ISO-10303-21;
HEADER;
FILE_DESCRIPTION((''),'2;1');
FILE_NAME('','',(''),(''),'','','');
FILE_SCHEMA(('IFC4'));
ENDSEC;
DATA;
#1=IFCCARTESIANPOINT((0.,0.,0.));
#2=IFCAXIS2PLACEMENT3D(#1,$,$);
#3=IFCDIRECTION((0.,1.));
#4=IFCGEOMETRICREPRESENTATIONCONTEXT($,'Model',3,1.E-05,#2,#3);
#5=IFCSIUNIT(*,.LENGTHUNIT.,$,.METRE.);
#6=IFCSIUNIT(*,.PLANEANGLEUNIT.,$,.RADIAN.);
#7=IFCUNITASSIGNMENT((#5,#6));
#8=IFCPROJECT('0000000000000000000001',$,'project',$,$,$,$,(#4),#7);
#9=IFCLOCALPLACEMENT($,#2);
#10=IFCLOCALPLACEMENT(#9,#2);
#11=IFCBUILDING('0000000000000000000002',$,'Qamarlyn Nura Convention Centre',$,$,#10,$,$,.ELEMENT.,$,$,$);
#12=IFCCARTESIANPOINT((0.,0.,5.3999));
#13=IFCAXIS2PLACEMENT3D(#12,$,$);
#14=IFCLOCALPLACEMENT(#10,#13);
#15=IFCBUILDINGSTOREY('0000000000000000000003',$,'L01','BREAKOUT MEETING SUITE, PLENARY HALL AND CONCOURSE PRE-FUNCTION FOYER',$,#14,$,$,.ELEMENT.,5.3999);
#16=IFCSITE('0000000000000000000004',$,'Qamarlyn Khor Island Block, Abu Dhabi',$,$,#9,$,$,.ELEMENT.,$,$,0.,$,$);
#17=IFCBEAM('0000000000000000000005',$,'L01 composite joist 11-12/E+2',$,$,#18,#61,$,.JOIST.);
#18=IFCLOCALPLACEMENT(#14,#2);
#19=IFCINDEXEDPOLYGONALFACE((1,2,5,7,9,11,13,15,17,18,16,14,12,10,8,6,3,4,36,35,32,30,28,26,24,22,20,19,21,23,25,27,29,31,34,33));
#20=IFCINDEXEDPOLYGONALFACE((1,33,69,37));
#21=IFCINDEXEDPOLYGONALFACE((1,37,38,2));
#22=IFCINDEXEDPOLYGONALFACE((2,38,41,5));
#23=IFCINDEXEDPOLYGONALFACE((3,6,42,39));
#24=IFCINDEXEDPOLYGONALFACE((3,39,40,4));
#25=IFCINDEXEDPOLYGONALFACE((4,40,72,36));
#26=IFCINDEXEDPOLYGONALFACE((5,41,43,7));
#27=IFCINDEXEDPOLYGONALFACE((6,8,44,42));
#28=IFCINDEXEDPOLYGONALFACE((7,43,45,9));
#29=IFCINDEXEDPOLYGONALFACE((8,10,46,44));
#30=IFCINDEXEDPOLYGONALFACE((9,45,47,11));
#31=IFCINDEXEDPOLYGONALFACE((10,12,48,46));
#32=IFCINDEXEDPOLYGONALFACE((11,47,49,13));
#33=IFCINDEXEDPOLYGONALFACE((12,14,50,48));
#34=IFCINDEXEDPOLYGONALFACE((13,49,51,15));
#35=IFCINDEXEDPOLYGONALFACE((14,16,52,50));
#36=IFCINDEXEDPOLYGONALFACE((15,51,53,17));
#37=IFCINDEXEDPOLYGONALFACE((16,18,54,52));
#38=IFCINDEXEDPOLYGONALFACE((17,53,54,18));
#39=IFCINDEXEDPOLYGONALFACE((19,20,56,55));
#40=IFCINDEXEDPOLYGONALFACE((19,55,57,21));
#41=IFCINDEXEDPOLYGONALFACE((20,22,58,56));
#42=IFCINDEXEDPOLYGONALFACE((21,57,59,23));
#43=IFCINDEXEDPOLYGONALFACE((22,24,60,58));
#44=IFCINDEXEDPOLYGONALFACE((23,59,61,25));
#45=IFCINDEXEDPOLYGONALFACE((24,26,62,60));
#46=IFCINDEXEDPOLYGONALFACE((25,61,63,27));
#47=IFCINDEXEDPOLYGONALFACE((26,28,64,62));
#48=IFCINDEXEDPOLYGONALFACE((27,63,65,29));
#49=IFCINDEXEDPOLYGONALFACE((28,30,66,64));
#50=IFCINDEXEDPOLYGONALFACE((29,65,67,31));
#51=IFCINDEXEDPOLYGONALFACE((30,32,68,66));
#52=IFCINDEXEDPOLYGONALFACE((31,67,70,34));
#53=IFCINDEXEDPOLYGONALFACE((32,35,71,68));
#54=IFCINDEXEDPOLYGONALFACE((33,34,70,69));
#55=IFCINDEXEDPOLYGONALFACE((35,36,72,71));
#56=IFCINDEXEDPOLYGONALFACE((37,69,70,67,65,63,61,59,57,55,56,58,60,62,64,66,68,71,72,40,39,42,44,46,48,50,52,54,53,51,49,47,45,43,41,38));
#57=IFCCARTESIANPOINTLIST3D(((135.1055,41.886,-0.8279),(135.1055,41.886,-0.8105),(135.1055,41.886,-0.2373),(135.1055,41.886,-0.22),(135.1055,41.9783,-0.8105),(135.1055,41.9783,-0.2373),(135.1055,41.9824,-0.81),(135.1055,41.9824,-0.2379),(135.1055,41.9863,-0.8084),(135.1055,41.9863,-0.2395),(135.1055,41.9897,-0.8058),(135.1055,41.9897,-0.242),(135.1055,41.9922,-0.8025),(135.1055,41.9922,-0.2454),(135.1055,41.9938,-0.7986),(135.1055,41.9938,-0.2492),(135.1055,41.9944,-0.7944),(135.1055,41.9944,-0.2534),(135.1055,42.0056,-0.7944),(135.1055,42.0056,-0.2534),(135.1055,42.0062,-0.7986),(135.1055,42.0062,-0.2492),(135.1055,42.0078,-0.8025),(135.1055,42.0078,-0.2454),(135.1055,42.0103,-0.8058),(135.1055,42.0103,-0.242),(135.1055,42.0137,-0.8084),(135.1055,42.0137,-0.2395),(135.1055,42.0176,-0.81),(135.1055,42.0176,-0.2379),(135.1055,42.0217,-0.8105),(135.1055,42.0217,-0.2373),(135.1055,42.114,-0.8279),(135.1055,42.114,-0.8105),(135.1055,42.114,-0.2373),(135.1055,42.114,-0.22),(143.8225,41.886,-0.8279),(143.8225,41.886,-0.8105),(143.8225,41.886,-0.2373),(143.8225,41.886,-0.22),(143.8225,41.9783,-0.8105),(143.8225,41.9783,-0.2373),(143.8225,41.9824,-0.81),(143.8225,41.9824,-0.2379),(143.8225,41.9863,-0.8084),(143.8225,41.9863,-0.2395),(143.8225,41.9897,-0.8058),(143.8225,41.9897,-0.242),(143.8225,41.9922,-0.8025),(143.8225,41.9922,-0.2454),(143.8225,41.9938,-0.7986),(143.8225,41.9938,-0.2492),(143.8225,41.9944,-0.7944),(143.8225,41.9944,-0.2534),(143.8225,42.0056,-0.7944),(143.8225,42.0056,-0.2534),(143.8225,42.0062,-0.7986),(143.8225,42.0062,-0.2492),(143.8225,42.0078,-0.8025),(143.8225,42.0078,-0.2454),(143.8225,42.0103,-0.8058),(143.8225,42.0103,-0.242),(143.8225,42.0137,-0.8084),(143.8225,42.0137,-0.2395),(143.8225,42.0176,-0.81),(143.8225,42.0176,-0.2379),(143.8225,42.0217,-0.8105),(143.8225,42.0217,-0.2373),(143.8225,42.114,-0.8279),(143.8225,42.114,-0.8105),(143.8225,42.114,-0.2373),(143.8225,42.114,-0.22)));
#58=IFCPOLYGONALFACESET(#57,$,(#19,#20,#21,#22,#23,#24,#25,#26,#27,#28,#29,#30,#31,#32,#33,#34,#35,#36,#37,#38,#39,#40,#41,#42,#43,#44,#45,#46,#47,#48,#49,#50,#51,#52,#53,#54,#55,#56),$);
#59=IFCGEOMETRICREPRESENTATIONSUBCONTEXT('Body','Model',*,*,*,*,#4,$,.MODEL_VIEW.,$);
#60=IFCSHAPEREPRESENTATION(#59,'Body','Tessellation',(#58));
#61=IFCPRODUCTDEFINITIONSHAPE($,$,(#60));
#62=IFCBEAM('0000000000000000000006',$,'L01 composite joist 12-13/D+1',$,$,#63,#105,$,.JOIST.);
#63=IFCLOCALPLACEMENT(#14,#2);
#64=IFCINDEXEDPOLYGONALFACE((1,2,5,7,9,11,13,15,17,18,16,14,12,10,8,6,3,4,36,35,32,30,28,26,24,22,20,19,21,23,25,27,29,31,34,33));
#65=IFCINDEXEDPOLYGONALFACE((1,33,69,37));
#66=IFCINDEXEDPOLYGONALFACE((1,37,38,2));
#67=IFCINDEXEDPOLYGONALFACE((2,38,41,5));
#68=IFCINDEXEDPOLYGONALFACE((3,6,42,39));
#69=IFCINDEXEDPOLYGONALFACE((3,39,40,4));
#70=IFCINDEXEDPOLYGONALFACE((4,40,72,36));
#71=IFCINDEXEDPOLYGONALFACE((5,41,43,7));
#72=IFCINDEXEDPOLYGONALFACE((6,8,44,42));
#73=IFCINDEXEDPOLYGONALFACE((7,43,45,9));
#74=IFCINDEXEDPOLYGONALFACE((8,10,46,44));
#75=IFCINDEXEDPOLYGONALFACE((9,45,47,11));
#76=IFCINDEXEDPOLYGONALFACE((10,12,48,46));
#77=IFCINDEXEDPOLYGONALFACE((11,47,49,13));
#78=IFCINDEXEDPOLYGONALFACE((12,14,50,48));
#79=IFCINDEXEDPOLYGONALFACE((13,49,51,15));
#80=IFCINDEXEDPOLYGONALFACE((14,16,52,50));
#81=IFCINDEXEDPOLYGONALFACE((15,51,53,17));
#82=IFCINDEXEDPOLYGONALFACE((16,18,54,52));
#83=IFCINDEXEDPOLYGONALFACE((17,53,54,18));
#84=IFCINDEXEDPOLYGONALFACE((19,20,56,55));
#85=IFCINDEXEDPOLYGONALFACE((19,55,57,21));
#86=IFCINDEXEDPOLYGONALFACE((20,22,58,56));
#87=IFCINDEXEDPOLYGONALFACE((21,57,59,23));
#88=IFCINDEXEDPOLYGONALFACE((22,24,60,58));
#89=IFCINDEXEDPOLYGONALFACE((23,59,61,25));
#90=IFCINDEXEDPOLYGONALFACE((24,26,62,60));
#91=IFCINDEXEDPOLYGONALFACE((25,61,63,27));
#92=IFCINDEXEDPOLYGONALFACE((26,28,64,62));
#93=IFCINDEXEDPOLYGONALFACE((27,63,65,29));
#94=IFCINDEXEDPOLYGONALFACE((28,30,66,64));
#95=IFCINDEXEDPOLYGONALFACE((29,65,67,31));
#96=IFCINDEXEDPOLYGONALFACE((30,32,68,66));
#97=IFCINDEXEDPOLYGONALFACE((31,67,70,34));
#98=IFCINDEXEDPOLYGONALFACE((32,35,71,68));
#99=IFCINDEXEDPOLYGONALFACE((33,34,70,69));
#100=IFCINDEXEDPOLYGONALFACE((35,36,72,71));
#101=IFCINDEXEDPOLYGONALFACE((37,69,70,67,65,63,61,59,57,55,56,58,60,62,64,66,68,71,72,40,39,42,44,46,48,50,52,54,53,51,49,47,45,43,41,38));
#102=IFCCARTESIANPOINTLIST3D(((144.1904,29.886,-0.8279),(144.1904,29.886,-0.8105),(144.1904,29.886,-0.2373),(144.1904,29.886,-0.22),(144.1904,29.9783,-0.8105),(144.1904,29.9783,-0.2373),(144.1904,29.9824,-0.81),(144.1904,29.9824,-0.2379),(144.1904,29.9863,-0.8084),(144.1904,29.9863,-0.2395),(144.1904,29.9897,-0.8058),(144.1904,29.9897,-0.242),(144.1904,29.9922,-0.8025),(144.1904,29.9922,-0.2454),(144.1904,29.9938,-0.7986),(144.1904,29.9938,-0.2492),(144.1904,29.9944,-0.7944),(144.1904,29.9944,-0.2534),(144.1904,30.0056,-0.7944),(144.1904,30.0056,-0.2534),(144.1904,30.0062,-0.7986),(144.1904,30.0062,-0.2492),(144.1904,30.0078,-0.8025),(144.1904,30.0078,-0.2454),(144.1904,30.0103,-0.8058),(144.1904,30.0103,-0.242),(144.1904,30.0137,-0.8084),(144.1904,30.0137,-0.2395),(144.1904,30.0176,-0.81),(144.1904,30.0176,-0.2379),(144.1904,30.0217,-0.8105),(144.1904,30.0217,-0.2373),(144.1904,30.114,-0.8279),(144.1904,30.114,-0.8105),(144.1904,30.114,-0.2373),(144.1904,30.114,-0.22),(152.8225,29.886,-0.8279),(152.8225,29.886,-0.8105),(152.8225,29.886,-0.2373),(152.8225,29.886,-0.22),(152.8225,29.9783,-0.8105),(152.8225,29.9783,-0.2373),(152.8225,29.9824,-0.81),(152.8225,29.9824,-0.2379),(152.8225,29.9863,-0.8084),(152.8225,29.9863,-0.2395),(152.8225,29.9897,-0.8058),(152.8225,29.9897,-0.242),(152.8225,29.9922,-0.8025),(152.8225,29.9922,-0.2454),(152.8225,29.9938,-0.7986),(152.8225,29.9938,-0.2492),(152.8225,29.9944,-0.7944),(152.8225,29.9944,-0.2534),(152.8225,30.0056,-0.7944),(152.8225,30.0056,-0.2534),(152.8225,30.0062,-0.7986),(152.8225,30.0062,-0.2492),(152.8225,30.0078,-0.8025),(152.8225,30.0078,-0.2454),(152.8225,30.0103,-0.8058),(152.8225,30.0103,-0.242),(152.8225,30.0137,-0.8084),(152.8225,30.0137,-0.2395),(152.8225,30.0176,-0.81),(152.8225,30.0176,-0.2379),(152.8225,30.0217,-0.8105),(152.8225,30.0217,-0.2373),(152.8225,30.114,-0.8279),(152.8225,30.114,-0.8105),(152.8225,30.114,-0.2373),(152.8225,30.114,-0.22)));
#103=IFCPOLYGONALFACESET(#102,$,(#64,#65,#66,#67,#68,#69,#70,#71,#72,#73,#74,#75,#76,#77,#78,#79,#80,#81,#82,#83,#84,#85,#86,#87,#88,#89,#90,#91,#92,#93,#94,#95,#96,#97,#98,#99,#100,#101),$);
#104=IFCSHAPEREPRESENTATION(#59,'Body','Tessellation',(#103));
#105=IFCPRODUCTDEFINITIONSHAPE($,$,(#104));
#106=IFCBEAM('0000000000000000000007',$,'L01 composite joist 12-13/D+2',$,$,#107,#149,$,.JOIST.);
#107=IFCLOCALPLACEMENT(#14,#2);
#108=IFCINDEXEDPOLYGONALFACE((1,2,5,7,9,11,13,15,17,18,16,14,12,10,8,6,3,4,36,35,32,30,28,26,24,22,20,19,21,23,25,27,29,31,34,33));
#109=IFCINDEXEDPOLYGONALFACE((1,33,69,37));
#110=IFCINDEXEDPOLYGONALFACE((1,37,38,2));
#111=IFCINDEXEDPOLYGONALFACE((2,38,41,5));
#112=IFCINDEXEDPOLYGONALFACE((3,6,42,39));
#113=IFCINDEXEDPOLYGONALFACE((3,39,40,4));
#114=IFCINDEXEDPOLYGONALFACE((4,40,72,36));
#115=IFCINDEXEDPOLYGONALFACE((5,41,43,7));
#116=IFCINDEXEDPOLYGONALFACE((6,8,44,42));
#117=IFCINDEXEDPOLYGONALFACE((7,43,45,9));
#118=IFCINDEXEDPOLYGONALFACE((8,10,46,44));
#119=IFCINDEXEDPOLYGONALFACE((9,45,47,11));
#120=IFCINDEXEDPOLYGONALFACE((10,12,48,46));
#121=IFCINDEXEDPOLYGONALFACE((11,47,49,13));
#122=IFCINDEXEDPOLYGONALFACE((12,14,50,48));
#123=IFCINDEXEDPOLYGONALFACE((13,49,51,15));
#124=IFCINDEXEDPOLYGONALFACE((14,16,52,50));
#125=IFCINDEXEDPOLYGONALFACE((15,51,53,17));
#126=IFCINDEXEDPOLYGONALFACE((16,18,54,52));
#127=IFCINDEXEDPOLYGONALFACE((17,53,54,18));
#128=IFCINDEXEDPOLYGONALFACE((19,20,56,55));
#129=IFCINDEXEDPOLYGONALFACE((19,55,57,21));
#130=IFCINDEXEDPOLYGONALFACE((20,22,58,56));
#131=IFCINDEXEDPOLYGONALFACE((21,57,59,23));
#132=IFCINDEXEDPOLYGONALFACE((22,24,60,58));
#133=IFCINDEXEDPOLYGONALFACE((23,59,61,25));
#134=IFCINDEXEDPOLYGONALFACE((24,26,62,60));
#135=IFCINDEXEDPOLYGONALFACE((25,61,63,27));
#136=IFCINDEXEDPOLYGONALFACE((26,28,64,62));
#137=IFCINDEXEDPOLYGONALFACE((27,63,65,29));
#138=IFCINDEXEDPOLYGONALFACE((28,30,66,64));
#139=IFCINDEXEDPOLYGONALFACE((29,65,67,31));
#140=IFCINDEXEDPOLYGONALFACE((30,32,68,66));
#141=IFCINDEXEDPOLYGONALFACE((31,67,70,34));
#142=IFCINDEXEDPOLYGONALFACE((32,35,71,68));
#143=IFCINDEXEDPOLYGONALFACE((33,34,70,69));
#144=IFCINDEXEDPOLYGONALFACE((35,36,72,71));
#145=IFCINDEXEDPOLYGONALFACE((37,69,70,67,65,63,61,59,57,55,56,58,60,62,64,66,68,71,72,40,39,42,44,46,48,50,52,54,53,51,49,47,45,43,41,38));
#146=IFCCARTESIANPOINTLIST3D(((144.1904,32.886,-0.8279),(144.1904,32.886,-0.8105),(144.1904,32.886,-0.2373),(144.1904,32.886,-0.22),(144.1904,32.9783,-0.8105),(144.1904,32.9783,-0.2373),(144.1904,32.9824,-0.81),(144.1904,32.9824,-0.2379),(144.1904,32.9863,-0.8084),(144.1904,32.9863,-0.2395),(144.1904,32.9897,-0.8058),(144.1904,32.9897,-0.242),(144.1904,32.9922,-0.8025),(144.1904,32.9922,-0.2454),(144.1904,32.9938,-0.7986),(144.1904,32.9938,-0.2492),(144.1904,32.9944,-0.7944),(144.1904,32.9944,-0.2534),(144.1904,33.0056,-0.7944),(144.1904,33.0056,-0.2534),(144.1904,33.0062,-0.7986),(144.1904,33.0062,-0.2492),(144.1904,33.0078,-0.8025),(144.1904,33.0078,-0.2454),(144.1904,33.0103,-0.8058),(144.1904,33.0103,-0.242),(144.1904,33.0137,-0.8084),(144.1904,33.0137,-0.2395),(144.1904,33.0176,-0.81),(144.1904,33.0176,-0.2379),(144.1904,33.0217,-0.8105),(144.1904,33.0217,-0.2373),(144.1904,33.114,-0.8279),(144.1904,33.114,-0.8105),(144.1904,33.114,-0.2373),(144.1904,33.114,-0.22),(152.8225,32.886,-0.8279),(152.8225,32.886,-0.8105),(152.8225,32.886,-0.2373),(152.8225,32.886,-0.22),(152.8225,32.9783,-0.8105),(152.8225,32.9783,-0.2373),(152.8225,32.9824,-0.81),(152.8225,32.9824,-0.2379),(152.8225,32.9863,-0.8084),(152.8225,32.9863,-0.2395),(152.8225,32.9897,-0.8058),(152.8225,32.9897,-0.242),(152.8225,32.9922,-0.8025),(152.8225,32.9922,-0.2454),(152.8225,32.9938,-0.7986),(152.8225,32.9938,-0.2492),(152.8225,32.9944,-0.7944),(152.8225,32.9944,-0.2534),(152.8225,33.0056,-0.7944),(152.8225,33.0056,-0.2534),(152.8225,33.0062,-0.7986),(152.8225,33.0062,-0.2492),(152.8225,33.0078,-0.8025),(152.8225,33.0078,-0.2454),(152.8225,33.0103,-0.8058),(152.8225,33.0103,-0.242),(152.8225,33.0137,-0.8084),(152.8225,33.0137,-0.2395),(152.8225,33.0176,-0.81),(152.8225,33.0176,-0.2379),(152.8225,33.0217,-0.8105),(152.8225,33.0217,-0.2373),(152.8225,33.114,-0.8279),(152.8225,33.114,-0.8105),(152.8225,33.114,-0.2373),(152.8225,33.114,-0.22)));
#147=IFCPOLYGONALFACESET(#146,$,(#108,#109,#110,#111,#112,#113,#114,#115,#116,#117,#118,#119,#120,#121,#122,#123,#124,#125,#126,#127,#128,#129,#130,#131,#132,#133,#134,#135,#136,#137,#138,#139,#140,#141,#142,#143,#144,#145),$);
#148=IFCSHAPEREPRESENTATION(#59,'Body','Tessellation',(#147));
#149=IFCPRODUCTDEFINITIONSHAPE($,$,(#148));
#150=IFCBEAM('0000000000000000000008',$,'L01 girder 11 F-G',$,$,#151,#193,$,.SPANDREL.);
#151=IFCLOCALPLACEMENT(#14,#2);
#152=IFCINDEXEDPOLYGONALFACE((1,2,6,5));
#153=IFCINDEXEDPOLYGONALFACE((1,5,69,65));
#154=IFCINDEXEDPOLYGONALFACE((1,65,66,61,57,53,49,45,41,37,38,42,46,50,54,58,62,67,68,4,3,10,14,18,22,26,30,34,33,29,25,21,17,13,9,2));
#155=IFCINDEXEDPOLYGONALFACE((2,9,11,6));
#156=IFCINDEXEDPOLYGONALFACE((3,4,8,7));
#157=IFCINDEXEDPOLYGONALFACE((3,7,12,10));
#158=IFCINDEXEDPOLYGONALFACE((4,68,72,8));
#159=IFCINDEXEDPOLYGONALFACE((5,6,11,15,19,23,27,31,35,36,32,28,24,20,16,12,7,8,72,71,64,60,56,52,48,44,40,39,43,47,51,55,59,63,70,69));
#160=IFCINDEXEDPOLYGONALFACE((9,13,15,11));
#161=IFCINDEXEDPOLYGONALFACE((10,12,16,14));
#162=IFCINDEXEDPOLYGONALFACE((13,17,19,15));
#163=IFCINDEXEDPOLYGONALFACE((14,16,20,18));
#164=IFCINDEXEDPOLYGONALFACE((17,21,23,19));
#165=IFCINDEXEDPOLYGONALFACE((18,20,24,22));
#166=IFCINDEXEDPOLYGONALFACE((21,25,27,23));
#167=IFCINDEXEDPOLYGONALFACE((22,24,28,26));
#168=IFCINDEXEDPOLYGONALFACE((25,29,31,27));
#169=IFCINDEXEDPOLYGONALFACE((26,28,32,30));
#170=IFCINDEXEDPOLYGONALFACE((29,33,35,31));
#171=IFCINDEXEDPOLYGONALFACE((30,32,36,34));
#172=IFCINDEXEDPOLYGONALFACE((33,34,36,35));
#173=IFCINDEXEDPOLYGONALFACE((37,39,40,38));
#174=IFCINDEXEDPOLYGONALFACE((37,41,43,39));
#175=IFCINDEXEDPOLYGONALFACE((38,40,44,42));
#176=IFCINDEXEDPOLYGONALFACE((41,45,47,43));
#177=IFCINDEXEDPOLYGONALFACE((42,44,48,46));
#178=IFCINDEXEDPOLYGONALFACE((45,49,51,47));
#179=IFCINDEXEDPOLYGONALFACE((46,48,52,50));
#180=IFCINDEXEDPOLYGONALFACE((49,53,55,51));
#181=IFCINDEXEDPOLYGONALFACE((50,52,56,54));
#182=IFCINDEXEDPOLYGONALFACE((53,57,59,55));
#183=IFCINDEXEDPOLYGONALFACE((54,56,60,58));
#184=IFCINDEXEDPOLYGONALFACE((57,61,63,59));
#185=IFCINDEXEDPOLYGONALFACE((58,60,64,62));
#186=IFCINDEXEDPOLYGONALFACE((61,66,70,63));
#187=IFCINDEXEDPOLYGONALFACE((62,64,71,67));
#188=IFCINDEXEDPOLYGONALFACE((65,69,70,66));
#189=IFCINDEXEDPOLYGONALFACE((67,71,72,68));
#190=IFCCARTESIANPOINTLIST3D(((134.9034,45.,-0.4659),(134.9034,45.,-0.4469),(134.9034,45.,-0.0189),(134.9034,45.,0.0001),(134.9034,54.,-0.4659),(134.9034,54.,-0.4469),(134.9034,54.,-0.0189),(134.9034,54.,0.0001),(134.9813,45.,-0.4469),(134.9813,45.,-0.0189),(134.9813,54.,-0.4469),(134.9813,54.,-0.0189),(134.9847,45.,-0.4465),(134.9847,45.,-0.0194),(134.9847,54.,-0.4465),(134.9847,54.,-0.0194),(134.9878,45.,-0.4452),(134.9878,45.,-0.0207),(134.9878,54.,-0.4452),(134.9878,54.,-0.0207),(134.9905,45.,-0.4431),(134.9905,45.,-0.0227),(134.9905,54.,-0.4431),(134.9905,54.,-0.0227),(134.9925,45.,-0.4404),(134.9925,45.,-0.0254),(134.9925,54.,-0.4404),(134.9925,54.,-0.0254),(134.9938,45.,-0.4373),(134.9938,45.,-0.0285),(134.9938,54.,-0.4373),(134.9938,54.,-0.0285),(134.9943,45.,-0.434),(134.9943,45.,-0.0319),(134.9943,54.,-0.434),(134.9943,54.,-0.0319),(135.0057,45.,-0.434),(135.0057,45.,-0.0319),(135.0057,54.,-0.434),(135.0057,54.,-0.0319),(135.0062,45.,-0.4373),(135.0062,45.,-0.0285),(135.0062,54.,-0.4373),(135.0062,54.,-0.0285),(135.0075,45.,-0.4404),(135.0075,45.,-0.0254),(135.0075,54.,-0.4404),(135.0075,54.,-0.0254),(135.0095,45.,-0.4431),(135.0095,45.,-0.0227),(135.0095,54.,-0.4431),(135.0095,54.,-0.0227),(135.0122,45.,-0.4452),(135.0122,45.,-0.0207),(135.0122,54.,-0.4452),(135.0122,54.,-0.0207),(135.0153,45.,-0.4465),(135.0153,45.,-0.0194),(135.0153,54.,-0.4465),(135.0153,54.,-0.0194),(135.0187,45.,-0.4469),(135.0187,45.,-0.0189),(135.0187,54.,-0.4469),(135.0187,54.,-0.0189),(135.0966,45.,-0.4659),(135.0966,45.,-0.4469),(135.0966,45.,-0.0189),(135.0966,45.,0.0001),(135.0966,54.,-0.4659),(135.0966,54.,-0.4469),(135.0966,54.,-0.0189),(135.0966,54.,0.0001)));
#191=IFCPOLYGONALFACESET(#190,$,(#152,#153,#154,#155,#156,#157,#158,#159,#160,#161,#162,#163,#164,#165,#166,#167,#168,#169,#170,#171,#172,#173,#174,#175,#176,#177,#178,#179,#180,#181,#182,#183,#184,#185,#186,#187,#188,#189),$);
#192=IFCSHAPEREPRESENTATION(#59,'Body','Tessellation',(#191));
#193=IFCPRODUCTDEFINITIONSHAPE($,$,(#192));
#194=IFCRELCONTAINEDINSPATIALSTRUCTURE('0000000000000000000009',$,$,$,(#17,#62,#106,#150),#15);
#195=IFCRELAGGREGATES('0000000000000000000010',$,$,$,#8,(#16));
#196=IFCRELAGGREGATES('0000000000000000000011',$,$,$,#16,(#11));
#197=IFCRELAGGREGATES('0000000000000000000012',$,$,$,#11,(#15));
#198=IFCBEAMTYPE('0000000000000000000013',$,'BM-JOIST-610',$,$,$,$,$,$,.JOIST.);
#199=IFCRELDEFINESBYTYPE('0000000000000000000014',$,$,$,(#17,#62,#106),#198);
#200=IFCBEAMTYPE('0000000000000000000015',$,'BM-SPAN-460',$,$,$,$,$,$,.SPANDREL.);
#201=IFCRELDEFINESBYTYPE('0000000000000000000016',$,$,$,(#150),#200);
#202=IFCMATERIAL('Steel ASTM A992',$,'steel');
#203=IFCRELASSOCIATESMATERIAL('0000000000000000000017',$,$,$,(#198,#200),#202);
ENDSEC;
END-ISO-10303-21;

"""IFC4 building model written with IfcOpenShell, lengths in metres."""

from ifc_helpers import new_model, si_unit, direction, frame, origin, origin_2d, place, context, subcontext, project, spatial, i_section, extrude, material, material_profile, profile_set, type_object, element, save


model = new_model("IFC4")

# Units and contexts
model_context = context("Model", 3, precision=1e-05, world=origin(), true_north=direction((0.0, 1.0)))
body_context = subcontext(model_context, "Body", "Model", "MODEL_VIEW")
ifc_project = project(units=[si_unit("LENGTHUNIT", "METRE"), si_unit("PLANEANGLEUNIT", "RADIAN")], contexts=[model_context])

# Site, building, storey
site_placement = place(None, origin())
site = spatial("IfcSite", under=ifc_project, at=site_placement, Name="Qamarlyn Khor Island Block, Abu Dhabi", CompositionType="ELEMENT", RefElevation=0.0)
building_placement = place(site_placement, origin())
building = spatial("IfcBuilding", under=site, at=building_placement, Name="Qamarlyn Nura Convention Centre", CompositionType="ELEMENT")
storey_placement = place(building_placement, frame((0.0, 0.0, 5.3999)))
storey = spatial("IfcBuildingStorey", under=building, at=storey_placement, Name="L01", Description="BREAKOUT MEETING SUITE, PLENARY HALL AND CONCOURSE PRE-FUNCTION FOYER", CompositionType="ELEMENT", Elevation=5.3999)

# Shared definitions
ifc_material_1 = material(Name="Steel ASTM A992", Category="steel")

# Beams
ifc_material_profile_1 = material_profile(ifc_material_1, i_section(OverallWidth=0.228, OverallDepth=0.6079, WebThickness=0.0112, FlangeThickness=0.0173, FilletRadius=0.0161, at=origin_2d()), Name="W610X113")
ifc_profile_set_1 = profile_set([ifc_material_profile_1], Name="Steel ASTM A992")
beam_type_1 = type_object("IfcBeamType", Name="BM-JOIST-610", PredefinedType="JOIST", material=ifc_profile_set_1)
for number, where, z_axis, x_axis, name in (
    (1, (135.1055, 42.0, -0.5239), (1.0, 0.0, 0.0), (0.0, 1.0, 0.0), "L01 composite joist 11-12/E+2"),
):
    element("IfcBeam", number, at=place(storey_placement, frame(where, z_axis=z_axis, x_axis=x_axis)), inside=storey, type_object=beam_type_1, Name=name, PredefinedType="JOIST", context=body_context, shape_type="SweptSolid", body=[
        extrude(i_section(OverallWidth=0.228, OverallDepth=0.6079, WebThickness=0.0112, FlangeThickness=0.0173, FilletRadius=0.0161, at=origin_2d()), origin(), (0.0, 0.0, 1.0), 8.717),
    ])
for number, where, z_axis, x_axis, name in (
    (2, (144.1904, 30.0, -0.5239), (1.0, 0.0, 0.0), (0.0, 1.0, 0.0), "L01 composite joist 12-13/D+1"),
    (3, (144.1904, 33.0, -0.5239), (1.0, 0.0, 0.0), (0.0, 1.0, 0.0), "L01 composite joist 12-13/D+2"),
):
    element("IfcBeam", number, at=place(storey_placement, frame(where, z_axis=z_axis, x_axis=x_axis)), inside=storey, type_object=beam_type_1, Name=name, PredefinedType="JOIST", context=body_context, shape_type="SweptSolid", body=[
        extrude(i_section(OverallWidth=0.228, OverallDepth=0.6079, WebThickness=0.0112, FlangeThickness=0.0173, FilletRadius=0.0161, at=origin_2d()), origin(), (0.0, 0.0, 1.0), 8.6321),
    ])
ifc_material_profile_2 = material_profile(ifc_material_1, i_section(OverallWidth=0.1931, OverallDepth=0.4661, WebThickness=0.0115, FlangeThickness=0.019, FilletRadius=0.0129, at=origin_2d()), Name="W460X97")
ifc_profile_set_2 = profile_set([ifc_material_profile_2], Name="Steel ASTM A992")
beam_type_2 = type_object("IfcBeamType", Name="BM-SPAN-460", PredefinedType="SPANDREL", material=ifc_profile_set_2)
beam_1_placement = place(storey_placement, frame((135.0, 45.0, -0.2329), z_axis=(0.0, 1.0, 0.0), x_axis=(-1.0, 0.0, 0.0)))
element("IfcBeam", 4, at=beam_1_placement, inside=storey, type_object=beam_type_2, Name="L01 girder 11 F-G", PredefinedType="SPANDREL", context=body_context, shape_type="SweptSolid", body=[
    extrude(i_section(OverallWidth=0.1931, OverallDepth=0.4661, WebThickness=0.0115, FlangeThickness=0.019, FilletRadius=0.0129, at=origin_2d()), origin(), (0.0, 0.0, 1.0), 9.0),
])

save(model, "model.ifc")
